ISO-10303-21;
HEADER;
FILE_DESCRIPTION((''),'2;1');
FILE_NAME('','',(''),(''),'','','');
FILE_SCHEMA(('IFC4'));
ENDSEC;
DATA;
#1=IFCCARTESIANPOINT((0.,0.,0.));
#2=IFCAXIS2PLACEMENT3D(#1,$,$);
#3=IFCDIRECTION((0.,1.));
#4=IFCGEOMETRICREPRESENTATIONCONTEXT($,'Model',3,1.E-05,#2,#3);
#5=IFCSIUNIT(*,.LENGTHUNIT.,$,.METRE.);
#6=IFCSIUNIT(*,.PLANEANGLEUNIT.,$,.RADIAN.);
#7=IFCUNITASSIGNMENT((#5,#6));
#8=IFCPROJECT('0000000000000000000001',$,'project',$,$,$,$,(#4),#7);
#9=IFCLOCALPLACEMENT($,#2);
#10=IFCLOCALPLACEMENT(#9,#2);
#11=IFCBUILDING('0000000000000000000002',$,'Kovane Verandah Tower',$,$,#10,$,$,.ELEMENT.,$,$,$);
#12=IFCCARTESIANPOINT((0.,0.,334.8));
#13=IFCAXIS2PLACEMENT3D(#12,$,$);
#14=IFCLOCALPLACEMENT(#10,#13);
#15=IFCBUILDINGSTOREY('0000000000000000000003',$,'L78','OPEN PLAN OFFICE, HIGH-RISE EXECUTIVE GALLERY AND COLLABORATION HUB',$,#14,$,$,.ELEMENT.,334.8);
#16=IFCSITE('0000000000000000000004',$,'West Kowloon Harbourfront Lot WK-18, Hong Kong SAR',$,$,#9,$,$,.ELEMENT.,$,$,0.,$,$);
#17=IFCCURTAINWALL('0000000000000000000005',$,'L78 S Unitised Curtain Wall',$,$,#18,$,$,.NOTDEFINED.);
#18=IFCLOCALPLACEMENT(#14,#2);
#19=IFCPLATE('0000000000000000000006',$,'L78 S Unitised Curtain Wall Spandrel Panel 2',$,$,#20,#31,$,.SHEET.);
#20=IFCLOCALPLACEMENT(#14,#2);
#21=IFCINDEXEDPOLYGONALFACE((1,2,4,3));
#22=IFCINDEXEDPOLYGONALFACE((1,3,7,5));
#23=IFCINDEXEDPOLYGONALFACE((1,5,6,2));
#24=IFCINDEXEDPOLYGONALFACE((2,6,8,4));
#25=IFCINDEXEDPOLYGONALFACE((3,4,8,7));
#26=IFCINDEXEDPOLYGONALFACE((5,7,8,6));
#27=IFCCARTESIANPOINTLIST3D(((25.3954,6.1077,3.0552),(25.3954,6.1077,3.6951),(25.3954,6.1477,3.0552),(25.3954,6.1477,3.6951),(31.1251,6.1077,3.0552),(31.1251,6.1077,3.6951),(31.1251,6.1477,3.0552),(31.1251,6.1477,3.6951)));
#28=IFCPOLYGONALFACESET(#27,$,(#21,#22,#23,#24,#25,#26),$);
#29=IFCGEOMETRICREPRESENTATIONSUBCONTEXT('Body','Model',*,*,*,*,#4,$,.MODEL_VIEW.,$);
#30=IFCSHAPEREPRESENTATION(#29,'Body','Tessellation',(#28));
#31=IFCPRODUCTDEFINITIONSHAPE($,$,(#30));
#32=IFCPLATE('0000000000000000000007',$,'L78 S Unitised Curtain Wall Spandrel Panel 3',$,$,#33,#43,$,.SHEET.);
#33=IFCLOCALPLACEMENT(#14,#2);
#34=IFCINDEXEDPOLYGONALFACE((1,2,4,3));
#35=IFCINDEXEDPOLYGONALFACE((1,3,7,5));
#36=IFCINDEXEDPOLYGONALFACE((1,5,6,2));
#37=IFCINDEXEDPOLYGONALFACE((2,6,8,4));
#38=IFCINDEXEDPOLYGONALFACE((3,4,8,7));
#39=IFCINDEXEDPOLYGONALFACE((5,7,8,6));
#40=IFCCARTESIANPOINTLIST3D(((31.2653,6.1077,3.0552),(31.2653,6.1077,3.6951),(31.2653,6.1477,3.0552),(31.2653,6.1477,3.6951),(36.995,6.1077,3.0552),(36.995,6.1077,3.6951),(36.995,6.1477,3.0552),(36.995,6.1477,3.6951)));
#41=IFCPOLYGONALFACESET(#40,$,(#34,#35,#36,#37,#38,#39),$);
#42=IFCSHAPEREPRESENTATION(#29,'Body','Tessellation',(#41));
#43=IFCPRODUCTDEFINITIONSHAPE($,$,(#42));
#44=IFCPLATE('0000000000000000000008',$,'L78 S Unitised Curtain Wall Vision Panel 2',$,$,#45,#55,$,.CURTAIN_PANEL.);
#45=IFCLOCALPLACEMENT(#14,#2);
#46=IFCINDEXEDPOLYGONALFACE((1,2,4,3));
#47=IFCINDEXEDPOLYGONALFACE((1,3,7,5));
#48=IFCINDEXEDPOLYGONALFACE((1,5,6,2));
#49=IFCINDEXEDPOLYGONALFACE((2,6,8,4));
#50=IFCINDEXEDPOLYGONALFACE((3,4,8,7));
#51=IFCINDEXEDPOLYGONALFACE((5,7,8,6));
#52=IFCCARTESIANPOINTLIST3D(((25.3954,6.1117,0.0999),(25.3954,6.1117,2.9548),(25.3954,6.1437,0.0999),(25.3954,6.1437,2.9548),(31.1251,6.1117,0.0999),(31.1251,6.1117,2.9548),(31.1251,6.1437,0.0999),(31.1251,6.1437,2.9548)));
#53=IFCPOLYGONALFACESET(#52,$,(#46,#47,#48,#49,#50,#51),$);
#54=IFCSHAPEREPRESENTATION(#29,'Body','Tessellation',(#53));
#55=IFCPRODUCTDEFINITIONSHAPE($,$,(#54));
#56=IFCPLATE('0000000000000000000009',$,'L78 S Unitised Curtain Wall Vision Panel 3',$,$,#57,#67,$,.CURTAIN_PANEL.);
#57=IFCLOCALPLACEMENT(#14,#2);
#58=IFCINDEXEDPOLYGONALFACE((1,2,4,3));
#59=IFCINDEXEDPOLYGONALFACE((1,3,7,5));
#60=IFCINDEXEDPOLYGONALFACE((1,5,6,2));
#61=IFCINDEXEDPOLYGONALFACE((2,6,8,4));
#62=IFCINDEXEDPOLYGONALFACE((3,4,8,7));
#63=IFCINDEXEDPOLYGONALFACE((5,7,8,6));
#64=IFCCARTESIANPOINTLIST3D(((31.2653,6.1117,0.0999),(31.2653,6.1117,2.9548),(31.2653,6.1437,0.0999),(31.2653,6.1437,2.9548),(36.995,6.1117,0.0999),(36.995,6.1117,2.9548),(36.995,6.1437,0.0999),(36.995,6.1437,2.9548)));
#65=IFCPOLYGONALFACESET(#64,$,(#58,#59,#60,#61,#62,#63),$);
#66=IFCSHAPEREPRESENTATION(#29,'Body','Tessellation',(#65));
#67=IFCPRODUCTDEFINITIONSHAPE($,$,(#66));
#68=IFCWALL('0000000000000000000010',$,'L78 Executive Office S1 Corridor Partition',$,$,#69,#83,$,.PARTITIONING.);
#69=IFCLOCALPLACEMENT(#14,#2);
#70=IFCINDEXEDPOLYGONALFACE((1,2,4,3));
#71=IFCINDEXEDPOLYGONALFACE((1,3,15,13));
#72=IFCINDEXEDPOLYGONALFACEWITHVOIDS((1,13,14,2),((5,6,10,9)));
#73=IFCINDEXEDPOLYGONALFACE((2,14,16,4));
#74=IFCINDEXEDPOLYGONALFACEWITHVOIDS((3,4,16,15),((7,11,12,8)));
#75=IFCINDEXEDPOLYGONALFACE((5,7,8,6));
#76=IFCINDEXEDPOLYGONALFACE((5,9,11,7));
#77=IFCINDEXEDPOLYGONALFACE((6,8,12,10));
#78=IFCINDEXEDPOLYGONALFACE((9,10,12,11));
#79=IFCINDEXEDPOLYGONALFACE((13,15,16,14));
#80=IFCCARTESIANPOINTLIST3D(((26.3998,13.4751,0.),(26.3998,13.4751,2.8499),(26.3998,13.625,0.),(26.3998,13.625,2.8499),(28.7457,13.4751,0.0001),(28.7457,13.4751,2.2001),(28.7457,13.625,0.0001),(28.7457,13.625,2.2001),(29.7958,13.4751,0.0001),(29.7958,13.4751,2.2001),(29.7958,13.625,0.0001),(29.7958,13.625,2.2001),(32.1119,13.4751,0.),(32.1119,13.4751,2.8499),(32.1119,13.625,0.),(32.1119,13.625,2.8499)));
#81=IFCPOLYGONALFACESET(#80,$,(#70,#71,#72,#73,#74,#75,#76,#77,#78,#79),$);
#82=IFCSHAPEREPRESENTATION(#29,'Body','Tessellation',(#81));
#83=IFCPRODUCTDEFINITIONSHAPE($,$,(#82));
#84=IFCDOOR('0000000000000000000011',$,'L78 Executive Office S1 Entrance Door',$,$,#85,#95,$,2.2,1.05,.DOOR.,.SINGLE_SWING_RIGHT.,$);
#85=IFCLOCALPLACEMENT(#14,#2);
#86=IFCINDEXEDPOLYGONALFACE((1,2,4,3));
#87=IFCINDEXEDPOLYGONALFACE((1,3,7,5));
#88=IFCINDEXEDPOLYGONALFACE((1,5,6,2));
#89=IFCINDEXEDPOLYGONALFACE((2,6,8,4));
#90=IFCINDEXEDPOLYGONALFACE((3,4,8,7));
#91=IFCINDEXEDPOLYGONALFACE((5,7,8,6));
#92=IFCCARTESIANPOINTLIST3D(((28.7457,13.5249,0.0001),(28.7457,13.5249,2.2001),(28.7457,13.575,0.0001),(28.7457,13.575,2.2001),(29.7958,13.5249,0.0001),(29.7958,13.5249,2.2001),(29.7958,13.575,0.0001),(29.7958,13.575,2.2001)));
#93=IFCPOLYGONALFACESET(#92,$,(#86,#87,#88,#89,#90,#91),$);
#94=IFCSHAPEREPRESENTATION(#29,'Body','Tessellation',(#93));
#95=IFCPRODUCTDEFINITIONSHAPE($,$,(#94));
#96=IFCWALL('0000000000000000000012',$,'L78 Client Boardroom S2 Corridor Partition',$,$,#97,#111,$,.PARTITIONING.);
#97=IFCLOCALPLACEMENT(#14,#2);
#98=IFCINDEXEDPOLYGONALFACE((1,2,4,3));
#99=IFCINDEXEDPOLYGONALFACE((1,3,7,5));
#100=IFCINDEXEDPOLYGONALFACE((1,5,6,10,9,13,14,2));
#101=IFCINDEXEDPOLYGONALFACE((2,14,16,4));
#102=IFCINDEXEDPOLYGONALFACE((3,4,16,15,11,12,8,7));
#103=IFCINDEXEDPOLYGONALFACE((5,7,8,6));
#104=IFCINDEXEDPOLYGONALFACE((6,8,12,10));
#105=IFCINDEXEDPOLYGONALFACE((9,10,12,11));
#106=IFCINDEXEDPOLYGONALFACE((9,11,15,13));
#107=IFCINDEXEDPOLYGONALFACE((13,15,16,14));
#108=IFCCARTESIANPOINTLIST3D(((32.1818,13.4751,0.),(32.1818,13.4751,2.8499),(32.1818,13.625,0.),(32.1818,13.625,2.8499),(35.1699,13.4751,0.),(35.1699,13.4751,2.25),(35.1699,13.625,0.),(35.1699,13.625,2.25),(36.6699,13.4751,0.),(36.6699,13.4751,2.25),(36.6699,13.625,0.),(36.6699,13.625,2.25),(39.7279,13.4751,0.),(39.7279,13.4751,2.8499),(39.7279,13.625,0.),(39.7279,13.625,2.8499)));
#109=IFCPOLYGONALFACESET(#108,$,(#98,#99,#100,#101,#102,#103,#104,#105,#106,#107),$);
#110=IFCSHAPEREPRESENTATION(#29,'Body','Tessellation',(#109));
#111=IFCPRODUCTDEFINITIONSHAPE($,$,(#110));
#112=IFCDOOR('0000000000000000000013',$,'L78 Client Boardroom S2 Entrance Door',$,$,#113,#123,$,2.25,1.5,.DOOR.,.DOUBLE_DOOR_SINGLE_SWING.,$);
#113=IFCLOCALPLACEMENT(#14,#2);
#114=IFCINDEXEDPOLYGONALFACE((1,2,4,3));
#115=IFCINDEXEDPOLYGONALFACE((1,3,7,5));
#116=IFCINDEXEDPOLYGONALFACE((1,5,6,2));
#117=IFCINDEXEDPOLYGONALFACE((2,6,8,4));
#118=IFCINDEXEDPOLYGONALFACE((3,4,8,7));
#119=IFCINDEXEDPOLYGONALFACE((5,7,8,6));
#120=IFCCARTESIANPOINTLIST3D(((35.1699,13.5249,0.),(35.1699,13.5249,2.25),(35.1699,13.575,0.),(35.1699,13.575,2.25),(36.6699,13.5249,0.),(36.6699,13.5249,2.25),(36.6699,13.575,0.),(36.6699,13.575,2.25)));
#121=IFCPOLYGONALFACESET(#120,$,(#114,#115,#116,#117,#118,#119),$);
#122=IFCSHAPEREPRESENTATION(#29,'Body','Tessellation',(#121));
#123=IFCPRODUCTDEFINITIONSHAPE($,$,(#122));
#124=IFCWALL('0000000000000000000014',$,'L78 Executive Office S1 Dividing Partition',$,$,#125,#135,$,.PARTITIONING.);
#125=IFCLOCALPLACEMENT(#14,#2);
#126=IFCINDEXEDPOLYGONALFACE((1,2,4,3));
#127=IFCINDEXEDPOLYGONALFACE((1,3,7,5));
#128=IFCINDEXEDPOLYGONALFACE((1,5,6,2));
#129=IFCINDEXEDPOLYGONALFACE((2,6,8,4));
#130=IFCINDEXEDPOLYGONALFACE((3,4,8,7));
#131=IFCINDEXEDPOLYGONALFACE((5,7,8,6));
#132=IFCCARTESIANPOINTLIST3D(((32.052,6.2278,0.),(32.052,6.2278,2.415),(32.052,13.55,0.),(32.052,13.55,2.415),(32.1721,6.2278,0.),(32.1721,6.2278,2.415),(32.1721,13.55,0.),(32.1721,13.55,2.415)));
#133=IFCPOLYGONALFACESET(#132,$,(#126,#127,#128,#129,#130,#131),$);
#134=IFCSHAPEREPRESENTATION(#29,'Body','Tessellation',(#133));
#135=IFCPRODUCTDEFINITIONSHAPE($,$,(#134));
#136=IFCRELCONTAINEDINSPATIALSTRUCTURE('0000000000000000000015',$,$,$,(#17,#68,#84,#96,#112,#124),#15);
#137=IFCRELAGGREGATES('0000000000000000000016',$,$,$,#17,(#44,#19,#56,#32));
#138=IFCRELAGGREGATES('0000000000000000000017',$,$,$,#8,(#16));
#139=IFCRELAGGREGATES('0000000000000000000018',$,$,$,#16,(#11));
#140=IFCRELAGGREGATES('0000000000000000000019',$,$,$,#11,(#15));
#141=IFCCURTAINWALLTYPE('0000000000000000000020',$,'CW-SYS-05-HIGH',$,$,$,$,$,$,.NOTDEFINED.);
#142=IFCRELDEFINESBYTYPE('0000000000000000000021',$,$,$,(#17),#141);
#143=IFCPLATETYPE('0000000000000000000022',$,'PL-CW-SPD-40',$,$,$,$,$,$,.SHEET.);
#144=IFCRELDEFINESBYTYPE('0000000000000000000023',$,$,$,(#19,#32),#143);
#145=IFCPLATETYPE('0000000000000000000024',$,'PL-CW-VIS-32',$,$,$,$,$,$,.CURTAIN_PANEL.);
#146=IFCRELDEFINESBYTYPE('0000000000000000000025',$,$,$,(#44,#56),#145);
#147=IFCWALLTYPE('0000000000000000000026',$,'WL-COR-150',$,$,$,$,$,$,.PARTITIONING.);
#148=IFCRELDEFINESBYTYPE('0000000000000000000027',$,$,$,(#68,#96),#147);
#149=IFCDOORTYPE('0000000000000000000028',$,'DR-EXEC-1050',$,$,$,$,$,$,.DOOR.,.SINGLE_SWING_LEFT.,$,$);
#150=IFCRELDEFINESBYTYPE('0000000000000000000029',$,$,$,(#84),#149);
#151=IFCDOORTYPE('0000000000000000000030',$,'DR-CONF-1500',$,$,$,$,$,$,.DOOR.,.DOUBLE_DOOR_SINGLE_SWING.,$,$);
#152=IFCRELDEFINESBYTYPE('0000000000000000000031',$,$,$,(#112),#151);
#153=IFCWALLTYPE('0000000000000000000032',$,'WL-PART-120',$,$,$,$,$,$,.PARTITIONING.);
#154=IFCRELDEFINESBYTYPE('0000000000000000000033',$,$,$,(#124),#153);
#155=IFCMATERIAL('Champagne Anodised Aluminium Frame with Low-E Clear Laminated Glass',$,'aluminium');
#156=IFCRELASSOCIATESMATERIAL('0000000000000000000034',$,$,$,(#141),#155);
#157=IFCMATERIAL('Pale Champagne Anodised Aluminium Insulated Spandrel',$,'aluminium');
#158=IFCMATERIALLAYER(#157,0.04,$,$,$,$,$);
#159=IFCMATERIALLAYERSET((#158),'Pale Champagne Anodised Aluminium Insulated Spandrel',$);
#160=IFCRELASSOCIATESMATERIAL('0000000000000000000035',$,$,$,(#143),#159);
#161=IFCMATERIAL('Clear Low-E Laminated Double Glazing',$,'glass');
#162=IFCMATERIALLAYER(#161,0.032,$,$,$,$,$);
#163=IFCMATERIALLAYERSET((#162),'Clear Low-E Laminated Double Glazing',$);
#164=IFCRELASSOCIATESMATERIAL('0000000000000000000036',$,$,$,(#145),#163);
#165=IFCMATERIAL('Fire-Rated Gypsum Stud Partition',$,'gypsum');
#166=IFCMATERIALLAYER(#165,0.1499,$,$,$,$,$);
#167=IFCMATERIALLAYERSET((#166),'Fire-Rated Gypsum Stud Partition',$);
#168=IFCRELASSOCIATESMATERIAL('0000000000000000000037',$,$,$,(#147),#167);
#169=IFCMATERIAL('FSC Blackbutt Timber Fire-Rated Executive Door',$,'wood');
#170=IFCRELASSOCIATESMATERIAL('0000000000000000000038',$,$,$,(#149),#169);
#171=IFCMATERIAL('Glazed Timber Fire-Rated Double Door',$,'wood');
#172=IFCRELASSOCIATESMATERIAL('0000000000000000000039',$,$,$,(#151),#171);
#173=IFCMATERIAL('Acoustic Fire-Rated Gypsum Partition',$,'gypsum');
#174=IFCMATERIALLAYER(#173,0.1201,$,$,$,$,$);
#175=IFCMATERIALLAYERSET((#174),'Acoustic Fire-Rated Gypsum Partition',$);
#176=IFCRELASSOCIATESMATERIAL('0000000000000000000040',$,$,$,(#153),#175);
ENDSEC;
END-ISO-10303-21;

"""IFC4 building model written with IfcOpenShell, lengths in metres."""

from ifc_helpers import new_model, si_unit, direction, frame, frame_2d, origin, origin_2d, place, context, subcontext, project, spatial, rectangle, extrude, material, layer, layer_set, type_object, element, fill, aggregate, save


model = new_model("IFC4")

# Units and contexts
model_context = context("Model", 3, precision=1e-05, world=origin(), true_north=direction((0.0, 1.0)))
body_context = subcontext(model_context, "Body", "Model", "MODEL_VIEW")
ifc_project = project(units=[si_unit("LENGTHUNIT", "METRE"), si_unit("PLANEANGLEUNIT", "RADIAN")], contexts=[model_context])

# Site, building, storey
site_placement = place(None, origin())
site = spatial("IfcSite", under=ifc_project, at=site_placement, Name="West Kowloon Harbourfront Lot WK-18, Hong Kong SAR", CompositionType="ELEMENT", RefElevation=0.0)
building_placement = place(site_placement, origin())
building = spatial("IfcBuilding", under=site, at=building_placement, Name="Kovane Verandah Tower", CompositionType="ELEMENT")
storey_placement = place(building_placement, frame((0.0, 0.0, 334.8)))
storey = spatial("IfcBuildingStorey", under=building, at=storey_placement, Name="L78", Description="OPEN PLAN OFFICE, HIGH-RISE EXECUTIVE GALLERY AND COLLABORATION HUB", CompositionType="ELEMENT", Elevation=334.8)

# Curtain wall
ifc_material_1 = material(Name="Champagne Anodised Aluminium Frame with Low-E Clear Laminated Glass", Category="aluminium")
curtain_wall_type = type_object("IfcCurtainWallType", Name="CW-SYS-05-HIGH", PredefinedType="NOTDEFINED", material=ifc_material_1)
curtain_wall_placement = place(storey_placement, origin())
curtain_wall = element("IfcCurtainWall", 1, at=curtain_wall_placement, inside=storey, type_object=curtain_wall_type, Name="L78 S Unitised Curtain Wall", PredefinedType="NOTDEFINED")

# Plates
ifc_material_2 = material(Name="Pale Champagne Anodised Aluminium Insulated Spandrel", Category="aluminium")
ifc_layer_1 = layer(ifc_material_2, 0.04)
ifc_layer_set_1 = layer_set([ifc_layer_1], Name="Pale Champagne Anodised Aluminium Insulated Spandrel")
plate_type_1 = type_object("IfcPlateType", Name="PL-CW-SPD-40", PredefinedType="SHEET", material=ifc_layer_set_1)
plate_1_placement = place(storey_placement, frame((28.2603, 6.1277, 3.0552), z_axis=(0.0, 0.0, 1.0), x_axis=(1.0, 0.0, 0.0)))
plate_1 = element("IfcPlate", 2, at=plate_1_placement, type_object=plate_type_1, Name="L78 S Unitised Curtain Wall Spandrel Panel 2", PredefinedType="SHEET", context=body_context, shape_type="SweptSolid", body=[
    extrude(rectangle(XDim=5.7297, YDim=0.04, at=origin_2d()), origin(), (0.0, 0.0, 1.0), 0.6399),
])
plate_2_placement = place(storey_placement, frame((34.1301, 6.1277, 3.0552), z_axis=(0.0, 0.0, 1.0), x_axis=(1.0, 0.0, 0.0)))
plate_2 = element("IfcPlate", 3, at=plate_2_placement, type_object=plate_type_1, Name="L78 S Unitised Curtain Wall Spandrel Panel 3", PredefinedType="SHEET", context=body_context, shape_type="SweptSolid", body=[
    extrude(rectangle(XDim=5.7297, YDim=0.04, at=origin_2d()), origin(), (0.0, 0.0, 1.0), 0.6399),
])
ifc_material_3 = material(Name="Clear Low-E Laminated Double Glazing", Category="glass")
ifc_layer_2 = layer(ifc_material_3, 0.032)
ifc_layer_set_2 = layer_set([ifc_layer_2], Name="Clear Low-E Laminated Double Glazing")
plate_type_2 = type_object("IfcPlateType", Name="PL-CW-VIS-32", PredefinedType="CURTAIN_PANEL", material=ifc_layer_set_2)
plate_3_placement = place(storey_placement, frame((28.2603, 6.1277, 0.0999), z_axis=(0.0, 0.0, 1.0), x_axis=(1.0, 0.0, 0.0)))
plate_3 = element("IfcPlate", 4, at=plate_3_placement, type_object=plate_type_2, Name="L78 S Unitised Curtain Wall Vision Panel 2", PredefinedType="CURTAIN_PANEL", context=body_context, shape_type="SweptSolid", body=[
    extrude(rectangle(XDim=5.7297, YDim=0.032, at=origin_2d()), origin(), (0.0, 0.0, 1.0), 2.855),
])
plate_4_placement = place(storey_placement, frame((34.1301, 6.1277, 0.0999), z_axis=(0.0, 0.0, 1.0), x_axis=(1.0, 0.0, 0.0)))
plate_4 = element("IfcPlate", 5, at=plate_4_placement, type_object=plate_type_2, Name="L78 S Unitised Curtain Wall Vision Panel 3", PredefinedType="CURTAIN_PANEL", context=body_context, shape_type="SweptSolid", body=[
    extrude(rectangle(XDim=5.7297, YDim=0.032, at=origin_2d()), origin(), (0.0, 0.0, 1.0), 2.855),
])
aggregate(curtain_wall, [plate_3, plate_1, plate_4, plate_2])

# Walls, openings, doors
ifc_material_4 = material(Name="Fire-Rated Gypsum Stud Partition", Category="gypsum")
ifc_layer_3 = layer(ifc_material_4, 0.1499)
ifc_layer_set_3 = layer_set([ifc_layer_3], Name="Fire-Rated Gypsum Stud Partition")
wall_type_1 = type_object("IfcWallType", Name="WL-COR-150", PredefinedType="PARTITIONING", material=ifc_layer_set_3)
wall_1_placement = place(storey_placement, frame((26.3999, 13.55, 0.0), z_axis=(0.0, 0.0, 1.0), x_axis=(1.0, 0.0, 0.0)))
wall_1 = element("IfcWall", 6, at=wall_1_placement, inside=storey, type_object=wall_type_1, Name="L78 Executive Office S1 Corridor Partition", PredefinedType="PARTITIONING", context=body_context, shape_type="SweptSolid", body=[
    extrude(rectangle(XDim=5.7122, YDim=0.1499, at=frame_2d((2.856, 0.0))), origin(), (0.0, 0.0, 1.0), 2.8499),
])
opening_1_placement = place(wall_1_placement, frame((2.3459, 0.0, 0.0)))
opening_1 = element("IfcOpeningElement", 7, at=opening_1_placement, cuts=wall_1, PredefinedType="OPENING", context=body_context, shape_type="SweptSolid", body=[
    extrude(rectangle(XDim=1.05, YDim=2.2, at=frame_2d((0.5249, 1.1001))), frame((0.0, 0.075, 0.0), z_axis=(0.0, -1.0, 0.0), x_axis=(1.0, 0.0, 0.0)), (0.0, 0.0, 1.0), 0.1499),
])
ifc_material_5 = material(Name="FSC Blackbutt Timber Fire-Rated Executive Door", Category="wood")
door_type_1 = type_object("IfcDoorType", Name="DR-EXEC-1050", OperationType="SINGLE_SWING_LEFT", PredefinedType="DOOR", material=ifc_material_5)
door_1_placement = place(opening_1_placement, origin())
door_1 = element("IfcDoor", 8, at=door_1_placement, inside=storey, type_object=door_type_1, Name="L78 Executive Office S1 Entrance Door", OperationType="SINGLE_SWING_RIGHT", OverallHeight=2.2, OverallWidth=1.05, PredefinedType="DOOR", context=body_context, shape_type="SweptSolid", body=[
    extrude(rectangle(XDim=1.05, YDim=2.2, at=frame_2d((0.5249, 1.1001))), frame((0.0, 0.0249, 0.0), z_axis=(0.0, -1.0, 0.0), x_axis=(1.0, 0.0, 0.0)), (0.0, 0.0, 1.0), 0.05),
])
fill(opening_1, door_1)
wall_2_placement = place(storey_placement, frame((32.1819, 13.55, 0.0), z_axis=(0.0, 0.0, 1.0), x_axis=(1.0, 0.0, 0.0)))
wall_2 = element("IfcWall", 9, at=wall_2_placement, inside=storey, type_object=wall_type_1, Name="L78 Client Boardroom S2 Corridor Partition", PredefinedType="PARTITIONING", context=body_context, shape_type="SweptSolid", body=[
    extrude(rectangle(XDim=7.5461, YDim=0.1499, at=frame_2d((3.7729, 0.0))), origin(), (0.0, 0.0, 1.0), 2.8499),
])
opening_2_placement = place(wall_2_placement, frame((2.988, 0.0, 0.0)))
opening_2 = element("IfcOpeningElement", 10, at=opening_2_placement, cuts=wall_2, PredefinedType="OPENING", context=body_context, shape_type="SweptSolid", body=[
    extrude(rectangle(XDim=1.5, YDim=2.25, at=frame_2d((0.75, 1.125))), frame((0.0, 0.075, 0.0), z_axis=(0.0, -1.0, 0.0), x_axis=(1.0, 0.0, 0.0)), (0.0, 0.0, 1.0), 0.1499),
])
ifc_material_6 = material(Name="Glazed Timber Fire-Rated Double Door", Category="wood")
door_type_2 = type_object("IfcDoorType", Name="DR-CONF-1500", OperationType="DOUBLE_DOOR_SINGLE_SWING", PredefinedType="DOOR", material=ifc_material_6)
door_2_placement = place(opening_2_placement, origin())
door_2 = element("IfcDoor", 11, at=door_2_placement, inside=storey, type_object=door_type_2, Name="L78 Client Boardroom S2 Entrance Door", OperationType="DOUBLE_DOOR_SINGLE_SWING", OverallHeight=2.25, OverallWidth=1.5, PredefinedType="DOOR", context=body_context, shape_type="SweptSolid", body=[
    extrude(rectangle(XDim=1.5, YDim=2.25, at=frame_2d((0.75, 1.125))), frame((0.0, 0.0249, 0.0), z_axis=(0.0, -1.0, 0.0), x_axis=(1.0, 0.0, 0.0)), (0.0, 0.0, 1.0), 0.05),
])
fill(opening_2, door_2)

# Wall
ifc_material_7 = material(Name="Acoustic Fire-Rated Gypsum Partition", Category="gypsum")
ifc_layer_4 = layer(ifc_material_7, 0.1201)
ifc_layer_set_4 = layer_set([ifc_layer_4], Name="Acoustic Fire-Rated Gypsum Partition")
wall_type_2 = type_object("IfcWallType", Name="WL-PART-120", PredefinedType="PARTITIONING", material=ifc_layer_set_4)
wall_3_placement = place(storey_placement, frame((32.1121, 6.2278, 0.0), z_axis=(0.0, 0.0, 1.0), x_axis=(0.0, 1.0, 0.0)))
element("IfcWall", 12, at=wall_3_placement, inside=storey, type_object=wall_type_2, Name="L78 Executive Office S1 Dividing Partition", PredefinedType="PARTITIONING", context=body_context, shape_type="SweptSolid", body=[
    extrude(rectangle(XDim=7.3223, YDim=0.1201, at=frame_2d((3.6611, 0.0))), origin(), (0.0, 0.0, 1.0), 2.415),
])

save(model, "model.ifc")
